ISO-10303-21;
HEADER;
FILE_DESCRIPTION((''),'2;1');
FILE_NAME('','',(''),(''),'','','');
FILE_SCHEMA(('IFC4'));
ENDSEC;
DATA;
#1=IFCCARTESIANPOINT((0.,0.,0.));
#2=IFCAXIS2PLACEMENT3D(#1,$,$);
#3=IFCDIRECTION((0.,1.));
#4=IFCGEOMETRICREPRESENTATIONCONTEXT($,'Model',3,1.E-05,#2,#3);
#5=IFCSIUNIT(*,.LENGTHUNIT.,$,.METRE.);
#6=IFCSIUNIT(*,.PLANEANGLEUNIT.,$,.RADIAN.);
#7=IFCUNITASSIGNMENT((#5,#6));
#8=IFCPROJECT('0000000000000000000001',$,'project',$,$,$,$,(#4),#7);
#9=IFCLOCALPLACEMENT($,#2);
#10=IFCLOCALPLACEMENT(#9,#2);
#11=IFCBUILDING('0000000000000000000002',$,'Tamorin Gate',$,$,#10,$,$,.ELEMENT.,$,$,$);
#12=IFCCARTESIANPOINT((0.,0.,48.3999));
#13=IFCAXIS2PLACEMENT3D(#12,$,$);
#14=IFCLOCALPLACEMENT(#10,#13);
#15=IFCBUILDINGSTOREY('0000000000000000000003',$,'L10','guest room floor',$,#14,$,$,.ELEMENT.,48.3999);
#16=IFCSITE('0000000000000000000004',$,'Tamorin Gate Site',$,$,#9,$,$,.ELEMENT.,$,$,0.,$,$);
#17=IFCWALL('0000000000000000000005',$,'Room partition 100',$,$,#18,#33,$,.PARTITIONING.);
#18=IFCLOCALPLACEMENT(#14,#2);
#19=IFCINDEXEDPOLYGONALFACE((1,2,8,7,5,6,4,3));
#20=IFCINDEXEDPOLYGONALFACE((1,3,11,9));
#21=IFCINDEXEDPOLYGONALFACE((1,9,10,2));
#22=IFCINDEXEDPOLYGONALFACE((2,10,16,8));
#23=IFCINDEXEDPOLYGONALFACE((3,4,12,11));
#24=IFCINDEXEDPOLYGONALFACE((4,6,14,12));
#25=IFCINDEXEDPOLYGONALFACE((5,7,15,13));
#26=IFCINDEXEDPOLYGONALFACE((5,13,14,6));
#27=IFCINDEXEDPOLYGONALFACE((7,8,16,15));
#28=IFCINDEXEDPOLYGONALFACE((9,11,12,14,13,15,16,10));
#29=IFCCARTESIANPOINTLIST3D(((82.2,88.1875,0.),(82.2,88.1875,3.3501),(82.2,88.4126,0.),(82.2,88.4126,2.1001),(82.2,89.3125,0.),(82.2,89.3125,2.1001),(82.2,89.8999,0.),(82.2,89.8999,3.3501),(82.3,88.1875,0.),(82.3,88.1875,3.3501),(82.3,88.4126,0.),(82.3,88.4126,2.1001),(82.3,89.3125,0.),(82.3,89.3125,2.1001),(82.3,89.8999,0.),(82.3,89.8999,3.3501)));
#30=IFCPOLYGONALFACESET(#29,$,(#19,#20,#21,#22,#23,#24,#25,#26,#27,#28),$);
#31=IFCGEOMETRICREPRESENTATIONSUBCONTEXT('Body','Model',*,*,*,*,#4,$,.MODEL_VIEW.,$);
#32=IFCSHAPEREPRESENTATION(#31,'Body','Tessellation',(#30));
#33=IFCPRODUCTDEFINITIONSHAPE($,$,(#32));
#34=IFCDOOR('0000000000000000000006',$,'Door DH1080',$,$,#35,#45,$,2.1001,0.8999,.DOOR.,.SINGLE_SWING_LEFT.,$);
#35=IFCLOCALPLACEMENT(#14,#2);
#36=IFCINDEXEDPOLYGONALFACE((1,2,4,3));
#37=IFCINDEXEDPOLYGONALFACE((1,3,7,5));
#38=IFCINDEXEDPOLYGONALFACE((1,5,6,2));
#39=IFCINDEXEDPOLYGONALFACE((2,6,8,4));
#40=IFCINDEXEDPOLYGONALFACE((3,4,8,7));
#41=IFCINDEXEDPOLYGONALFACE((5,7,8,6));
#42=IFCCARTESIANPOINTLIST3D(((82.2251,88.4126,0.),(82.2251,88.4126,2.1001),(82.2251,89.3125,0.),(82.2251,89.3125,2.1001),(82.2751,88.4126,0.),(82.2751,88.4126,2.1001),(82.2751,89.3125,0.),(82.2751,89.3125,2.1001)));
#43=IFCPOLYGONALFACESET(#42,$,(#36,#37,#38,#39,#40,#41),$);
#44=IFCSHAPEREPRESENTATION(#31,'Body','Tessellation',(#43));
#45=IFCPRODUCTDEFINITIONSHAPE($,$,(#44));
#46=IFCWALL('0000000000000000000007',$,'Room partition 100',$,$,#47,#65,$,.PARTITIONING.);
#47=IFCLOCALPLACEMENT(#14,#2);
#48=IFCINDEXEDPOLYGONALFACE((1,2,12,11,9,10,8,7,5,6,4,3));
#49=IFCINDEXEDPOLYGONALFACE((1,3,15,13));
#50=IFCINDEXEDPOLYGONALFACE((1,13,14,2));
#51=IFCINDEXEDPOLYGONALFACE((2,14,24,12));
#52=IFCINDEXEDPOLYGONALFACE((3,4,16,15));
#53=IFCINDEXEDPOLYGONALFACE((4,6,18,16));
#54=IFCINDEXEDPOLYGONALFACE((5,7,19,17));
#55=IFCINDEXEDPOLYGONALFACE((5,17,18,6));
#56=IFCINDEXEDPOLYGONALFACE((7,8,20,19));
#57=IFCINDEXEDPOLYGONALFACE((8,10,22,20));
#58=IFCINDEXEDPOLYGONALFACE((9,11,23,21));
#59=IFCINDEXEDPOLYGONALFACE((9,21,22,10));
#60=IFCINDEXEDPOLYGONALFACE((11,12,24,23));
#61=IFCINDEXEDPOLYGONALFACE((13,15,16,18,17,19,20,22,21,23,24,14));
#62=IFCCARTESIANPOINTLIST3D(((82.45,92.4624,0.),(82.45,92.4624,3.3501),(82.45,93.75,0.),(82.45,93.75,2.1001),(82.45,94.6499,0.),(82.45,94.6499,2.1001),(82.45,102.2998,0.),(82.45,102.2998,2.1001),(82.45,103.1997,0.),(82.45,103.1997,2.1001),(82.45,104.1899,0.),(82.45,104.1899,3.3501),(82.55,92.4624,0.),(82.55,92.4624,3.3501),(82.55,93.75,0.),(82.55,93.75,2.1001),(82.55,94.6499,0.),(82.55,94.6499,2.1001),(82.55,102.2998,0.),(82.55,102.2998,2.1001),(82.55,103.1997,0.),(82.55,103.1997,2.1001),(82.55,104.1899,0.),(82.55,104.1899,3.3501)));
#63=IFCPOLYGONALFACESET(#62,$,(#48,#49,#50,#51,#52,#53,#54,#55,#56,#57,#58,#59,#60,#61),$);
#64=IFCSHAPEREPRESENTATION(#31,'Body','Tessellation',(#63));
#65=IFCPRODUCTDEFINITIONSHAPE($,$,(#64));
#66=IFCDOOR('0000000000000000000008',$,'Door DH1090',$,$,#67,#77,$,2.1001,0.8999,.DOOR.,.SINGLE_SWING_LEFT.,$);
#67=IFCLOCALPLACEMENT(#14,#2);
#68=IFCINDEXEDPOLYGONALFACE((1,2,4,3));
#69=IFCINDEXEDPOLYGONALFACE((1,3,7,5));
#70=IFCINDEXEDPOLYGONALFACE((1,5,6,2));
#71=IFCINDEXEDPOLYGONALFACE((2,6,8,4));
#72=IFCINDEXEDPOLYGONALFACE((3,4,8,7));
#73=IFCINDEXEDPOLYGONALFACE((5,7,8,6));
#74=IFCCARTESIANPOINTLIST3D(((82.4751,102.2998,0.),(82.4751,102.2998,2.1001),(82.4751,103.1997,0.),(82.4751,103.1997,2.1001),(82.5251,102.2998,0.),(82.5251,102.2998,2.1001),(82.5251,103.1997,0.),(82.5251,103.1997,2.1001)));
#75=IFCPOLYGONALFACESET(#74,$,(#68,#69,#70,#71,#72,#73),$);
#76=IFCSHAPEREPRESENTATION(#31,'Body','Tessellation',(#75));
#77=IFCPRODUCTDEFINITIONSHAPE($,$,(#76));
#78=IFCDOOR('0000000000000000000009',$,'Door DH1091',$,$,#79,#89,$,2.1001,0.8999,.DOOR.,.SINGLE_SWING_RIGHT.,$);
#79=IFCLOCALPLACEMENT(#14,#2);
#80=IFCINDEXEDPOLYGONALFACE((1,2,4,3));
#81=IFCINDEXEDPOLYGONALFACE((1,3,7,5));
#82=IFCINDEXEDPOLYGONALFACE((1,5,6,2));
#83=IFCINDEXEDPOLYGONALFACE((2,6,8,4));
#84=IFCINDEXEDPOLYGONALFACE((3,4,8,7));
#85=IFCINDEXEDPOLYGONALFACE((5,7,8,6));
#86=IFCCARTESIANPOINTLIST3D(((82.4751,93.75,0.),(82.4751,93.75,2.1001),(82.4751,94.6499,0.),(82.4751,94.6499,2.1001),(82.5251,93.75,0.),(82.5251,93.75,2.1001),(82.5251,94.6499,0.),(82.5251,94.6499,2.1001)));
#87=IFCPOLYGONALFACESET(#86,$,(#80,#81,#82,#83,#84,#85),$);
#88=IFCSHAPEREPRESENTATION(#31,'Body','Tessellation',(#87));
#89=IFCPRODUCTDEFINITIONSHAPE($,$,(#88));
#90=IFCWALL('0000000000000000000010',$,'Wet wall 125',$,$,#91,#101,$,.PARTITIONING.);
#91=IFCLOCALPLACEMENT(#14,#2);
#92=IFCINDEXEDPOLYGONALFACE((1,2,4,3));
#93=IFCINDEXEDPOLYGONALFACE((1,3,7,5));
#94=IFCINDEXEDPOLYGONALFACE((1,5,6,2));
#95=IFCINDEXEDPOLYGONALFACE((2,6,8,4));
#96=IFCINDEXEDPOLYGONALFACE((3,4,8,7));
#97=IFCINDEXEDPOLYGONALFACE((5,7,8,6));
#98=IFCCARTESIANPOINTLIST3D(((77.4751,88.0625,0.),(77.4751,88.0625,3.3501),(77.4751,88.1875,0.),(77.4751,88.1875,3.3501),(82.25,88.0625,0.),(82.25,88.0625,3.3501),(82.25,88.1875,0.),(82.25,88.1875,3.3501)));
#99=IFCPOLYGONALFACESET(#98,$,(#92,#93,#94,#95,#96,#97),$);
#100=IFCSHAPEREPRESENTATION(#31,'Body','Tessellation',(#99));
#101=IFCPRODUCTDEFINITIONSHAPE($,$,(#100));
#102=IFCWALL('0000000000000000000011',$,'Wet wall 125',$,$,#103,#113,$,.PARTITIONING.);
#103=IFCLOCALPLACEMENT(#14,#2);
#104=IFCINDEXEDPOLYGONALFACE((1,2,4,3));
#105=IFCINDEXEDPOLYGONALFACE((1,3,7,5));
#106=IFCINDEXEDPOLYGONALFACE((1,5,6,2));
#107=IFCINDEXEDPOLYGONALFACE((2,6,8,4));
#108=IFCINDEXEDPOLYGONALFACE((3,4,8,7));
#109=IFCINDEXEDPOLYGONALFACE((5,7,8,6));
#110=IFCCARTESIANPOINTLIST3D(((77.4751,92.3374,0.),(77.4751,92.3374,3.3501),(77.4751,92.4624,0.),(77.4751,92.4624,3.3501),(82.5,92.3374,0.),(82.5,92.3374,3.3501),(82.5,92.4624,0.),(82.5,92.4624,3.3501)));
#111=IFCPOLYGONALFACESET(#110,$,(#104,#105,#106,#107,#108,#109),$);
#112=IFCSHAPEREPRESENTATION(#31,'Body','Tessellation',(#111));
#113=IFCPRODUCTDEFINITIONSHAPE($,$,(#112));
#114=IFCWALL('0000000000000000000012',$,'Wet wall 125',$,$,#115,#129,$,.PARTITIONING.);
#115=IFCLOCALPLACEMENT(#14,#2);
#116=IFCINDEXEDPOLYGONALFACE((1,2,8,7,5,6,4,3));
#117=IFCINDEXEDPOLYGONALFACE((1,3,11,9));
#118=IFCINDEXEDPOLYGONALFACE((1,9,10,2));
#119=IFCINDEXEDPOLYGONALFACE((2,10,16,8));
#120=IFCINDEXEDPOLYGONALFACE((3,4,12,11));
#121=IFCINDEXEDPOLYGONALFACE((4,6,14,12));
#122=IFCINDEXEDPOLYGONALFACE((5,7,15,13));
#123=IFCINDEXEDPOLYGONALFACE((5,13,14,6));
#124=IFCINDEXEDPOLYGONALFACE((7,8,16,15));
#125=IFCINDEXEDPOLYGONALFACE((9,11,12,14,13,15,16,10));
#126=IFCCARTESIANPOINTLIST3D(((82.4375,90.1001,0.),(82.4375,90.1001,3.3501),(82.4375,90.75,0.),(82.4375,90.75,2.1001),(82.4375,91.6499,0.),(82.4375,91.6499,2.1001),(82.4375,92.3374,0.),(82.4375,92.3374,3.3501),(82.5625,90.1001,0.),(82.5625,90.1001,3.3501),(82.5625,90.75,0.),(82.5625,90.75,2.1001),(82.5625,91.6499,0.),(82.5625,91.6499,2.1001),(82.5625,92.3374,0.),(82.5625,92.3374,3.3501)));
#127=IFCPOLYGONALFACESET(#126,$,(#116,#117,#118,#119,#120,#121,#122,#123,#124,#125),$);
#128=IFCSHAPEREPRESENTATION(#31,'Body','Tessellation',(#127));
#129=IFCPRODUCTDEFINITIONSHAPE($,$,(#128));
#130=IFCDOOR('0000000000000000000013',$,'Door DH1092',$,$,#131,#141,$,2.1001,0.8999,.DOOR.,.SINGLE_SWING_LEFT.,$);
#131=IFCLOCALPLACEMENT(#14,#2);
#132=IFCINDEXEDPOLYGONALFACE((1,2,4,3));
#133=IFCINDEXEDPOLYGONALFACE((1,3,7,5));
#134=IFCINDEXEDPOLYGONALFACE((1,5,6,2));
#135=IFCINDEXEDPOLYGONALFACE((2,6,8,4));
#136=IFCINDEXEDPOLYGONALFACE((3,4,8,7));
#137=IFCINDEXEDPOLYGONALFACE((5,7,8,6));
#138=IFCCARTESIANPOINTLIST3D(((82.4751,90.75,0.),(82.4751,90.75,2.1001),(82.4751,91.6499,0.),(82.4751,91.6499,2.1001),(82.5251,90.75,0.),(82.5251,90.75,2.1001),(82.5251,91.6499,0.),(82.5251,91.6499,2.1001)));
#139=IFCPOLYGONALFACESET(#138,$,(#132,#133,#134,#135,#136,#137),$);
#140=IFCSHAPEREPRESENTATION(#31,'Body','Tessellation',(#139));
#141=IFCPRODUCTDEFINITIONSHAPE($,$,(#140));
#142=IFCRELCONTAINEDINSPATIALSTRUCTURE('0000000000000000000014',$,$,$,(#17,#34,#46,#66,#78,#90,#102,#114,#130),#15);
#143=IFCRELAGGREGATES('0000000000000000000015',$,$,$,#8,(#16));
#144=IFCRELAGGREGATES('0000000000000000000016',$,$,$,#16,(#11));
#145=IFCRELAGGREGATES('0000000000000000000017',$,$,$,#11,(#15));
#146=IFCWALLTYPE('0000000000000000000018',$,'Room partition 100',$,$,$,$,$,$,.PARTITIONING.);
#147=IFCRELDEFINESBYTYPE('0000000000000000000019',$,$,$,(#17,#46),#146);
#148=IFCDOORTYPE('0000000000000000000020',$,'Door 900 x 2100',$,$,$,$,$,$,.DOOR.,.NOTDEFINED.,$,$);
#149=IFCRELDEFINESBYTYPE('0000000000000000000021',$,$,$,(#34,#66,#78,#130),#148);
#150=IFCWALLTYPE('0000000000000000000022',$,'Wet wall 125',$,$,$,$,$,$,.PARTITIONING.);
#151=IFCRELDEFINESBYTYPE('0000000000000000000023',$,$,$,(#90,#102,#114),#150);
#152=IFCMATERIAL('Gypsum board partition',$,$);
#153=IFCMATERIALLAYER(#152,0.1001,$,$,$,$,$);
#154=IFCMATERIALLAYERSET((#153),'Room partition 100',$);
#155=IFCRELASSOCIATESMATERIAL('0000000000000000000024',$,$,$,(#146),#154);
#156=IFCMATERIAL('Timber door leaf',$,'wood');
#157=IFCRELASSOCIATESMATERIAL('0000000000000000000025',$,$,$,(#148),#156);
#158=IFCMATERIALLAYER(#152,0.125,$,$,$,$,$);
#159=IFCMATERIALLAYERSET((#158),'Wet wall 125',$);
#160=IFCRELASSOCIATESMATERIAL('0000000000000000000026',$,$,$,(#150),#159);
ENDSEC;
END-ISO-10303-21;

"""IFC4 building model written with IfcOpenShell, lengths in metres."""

from ifc_helpers import new_model, si_unit, direction, frame, frame_2d, origin, place, context, subcontext, project, spatial, rectangle, extrude, material, layer, layer_set, type_object, element, fill, save


model = new_model("IFC4")

# Units and contexts
model_context = context("Model", 3, precision=1e-05, world=origin(), true_north=direction((0.0, 1.0)))
body_context = subcontext(model_context, "Body", "Model", "MODEL_VIEW")
ifc_project = project(units=[si_unit("LENGTHUNIT", "METRE"), si_unit("PLANEANGLEUNIT", "RADIAN")], contexts=[model_context])

# Site, building, storey
site_placement = place(None, origin())
site = spatial("IfcSite", under=ifc_project, at=site_placement, Name="Tamorin Gate Site", CompositionType="ELEMENT", RefElevation=0.0)
building_placement = place(site_placement, origin())
building = spatial("IfcBuilding", under=site, at=building_placement, Name="Tamorin Gate", CompositionType="ELEMENT")
storey_placement = place(building_placement, frame((0.0, 0.0, 48.3999)))
storey = spatial("IfcBuildingStorey", under=building, at=storey_placement, Name="L10", Description="guest room floor", CompositionType="ELEMENT", Elevation=48.3999)

# Shared definitions
ifc_material_1 = material(Name="Gypsum board partition")

# Wall, opening, door
ifc_layer_1 = layer(ifc_material_1, 0.1001)
ifc_layer_set_1 = layer_set([ifc_layer_1], Name="Room partition 100")
wall_type_1 = type_object("IfcWallType", Name="Room partition 100", PredefinedType="PARTITIONING", material=ifc_layer_set_1)
ifc_material_2 = material(Name="Timber door leaf", Category="wood")
door_type = type_object("IfcDoorType", Name="Door 900 x 2100", OperationType="NOTDEFINED", PredefinedType="DOOR", material=ifc_material_2)
wall_1_placement = place(storey_placement, frame((82.25, 88.1875, 0.0), z_axis=(0.0, 0.0, 1.0), x_axis=(0.0, 1.0, 0.0)))
wall_1 = element("IfcWall", 1, at=wall_1_placement, inside=storey, type_object=wall_type_1, Name="Room partition 100", PredefinedType="PARTITIONING", context=body_context, shape_type="SweptSolid", body=[
    extrude(rectangle(XDim=1.7124, YDim=0.1001, at=frame_2d((0.8562, 0.0))), origin(), (0.0, 0.0, 1.0), 3.3501),
])
opening_1_placement = place(wall_1_placement, frame((0.2251, 0.0, 0.0)))
opening_1 = element("IfcOpeningElement", 2, at=opening_1_placement, cuts=wall_1, PredefinedType="OPENING", context=body_context, shape_type="SweptSolid", body=[
    extrude(rectangle(XDim=0.8999, YDim=2.1001, at=frame_2d((0.45, 1.05))), frame((0.0, 0.0601, 0.0), z_axis=(0.0, -1.0, 0.0), x_axis=(1.0, 0.0, 0.0)), (0.0, 0.0, 1.0), 0.1201),
])
door_1_placement = place(opening_1_placement, origin())
door_1 = element("IfcDoor", 3, at=door_1_placement, inside=storey, type_object=door_type, Name="Door DH1080", OperationType="SINGLE_SWING_LEFT", OverallHeight=2.1001, OverallWidth=0.8999, PredefinedType="DOOR", context=body_context, shape_type="SweptSolid", body=[
    extrude(rectangle(XDim=0.8999, YDim=2.1001, at=frame_2d((0.45, 1.05))), frame((0.0, 0.0249, 0.0), z_axis=(0.0, -1.0, 0.0), x_axis=(1.0, 0.0, 0.0)), (0.0, 0.0, 1.0), 0.05),
])
fill(opening_1, door_1)

# Wall, openings, doors
wall_2_placement = place(storey_placement, frame((82.5, 92.4624, 0.0), z_axis=(0.0, 0.0, 1.0), x_axis=(0.0, 1.0, 0.0)))
wall_2 = element("IfcWall", 4, at=wall_2_placement, inside=storey, type_object=wall_type_1, Name="Room partition 100", PredefinedType="PARTITIONING", context=body_context, shape_type="SweptSolid", body=[
    extrude(rectangle(XDim=11.7275, YDim=0.1001, at=frame_2d((5.8638, 0.0))), origin(), (0.0, 0.0, 1.0), 3.3501),
])
opening_2_placement = place(wall_2_placement, frame((9.8374, 0.0, 0.0)))
opening_2 = element("IfcOpeningElement", 5, at=opening_2_placement, cuts=wall_2, PredefinedType="OPENING", context=body_context, shape_type="SweptSolid", body=[
    extrude(rectangle(XDim=0.8999, YDim=2.1001, at=frame_2d((0.45, 1.05))), frame((0.0, 0.0601, 0.0), z_axis=(0.0, -1.0, 0.0), x_axis=(1.0, 0.0, 0.0)), (0.0, 0.0, 1.0), 0.1201),
])
opening_3_placement = place(wall_2_placement, frame((1.2876, 0.0, 0.0)))
opening_3 = element("IfcOpeningElement", 6, at=opening_3_placement, cuts=wall_2, PredefinedType="OPENING", context=body_context, shape_type="SweptSolid", body=[
    extrude(rectangle(XDim=0.8999, YDim=2.1001, at=frame_2d((0.45, 1.05))), frame((0.0, 0.0601, 0.0), z_axis=(0.0, -1.0, 0.0), x_axis=(1.0, 0.0, 0.0)), (0.0, 0.0, 1.0), 0.1201),
])
door_2_placement = place(opening_2_placement, origin())
door_2 = element("IfcDoor", 7, at=door_2_placement, inside=storey, type_object=door_type, Name="Door DH1090", OperationType="SINGLE_SWING_LEFT", OverallHeight=2.1001, OverallWidth=0.8999, PredefinedType="DOOR", context=body_context, shape_type="SweptSolid", body=[
    extrude(rectangle(XDim=0.8999, YDim=2.1001, at=frame_2d((0.45, 1.05))), frame((0.0, 0.0249, 0.0), z_axis=(0.0, -1.0, 0.0), x_axis=(1.0, 0.0, 0.0)), (0.0, 0.0, 1.0), 0.05),
])
fill(opening_2, door_2)
door_3_placement = place(opening_3_placement, origin())
door_3 = element("IfcDoor", 8, at=door_3_placement, inside=storey, type_object=door_type, Name="Door DH1091", OperationType="SINGLE_SWING_RIGHT", OverallHeight=2.1001, OverallWidth=0.8999, PredefinedType="DOOR", context=body_context, shape_type="SweptSolid", body=[
    extrude(rectangle(XDim=0.8999, YDim=2.1001, at=frame_2d((0.45, 1.05))), frame((0.0, 0.0249, 0.0), z_axis=(0.0, -1.0, 0.0), x_axis=(1.0, 0.0, 0.0)), (0.0, 0.0, 1.0), 0.05),
])
fill(opening_3, door_3)

# Walls
ifc_layer_2 = layer(ifc_material_1, 0.125)
ifc_layer_set_2 = layer_set([ifc_layer_2], Name="Wet wall 125")
wall_type_2 = type_object("IfcWallType", Name="Wet wall 125", PredefinedType="PARTITIONING", material=ifc_layer_set_2)
wall_3_placement = place(storey_placement, frame((77.4751, 88.125, 0.0), z_axis=(0.0, 0.0, 1.0), x_axis=(1.0, 0.0, 0.0)))
element("IfcWall", 9, at=wall_3_placement, inside=storey, type_object=wall_type_2, Name="Wet wall 125", PredefinedType="PARTITIONING", context=body_context, shape_type="SweptSolid", body=[
    extrude(rectangle(XDim=4.7749, YDim=0.125, at=frame_2d((2.3875, 0.0))), origin(), (0.0, 0.0, 1.0), 3.3501),
])
wall_4_placement = place(storey_placement, frame((77.4751, 92.3999, 0.0), z_axis=(0.0, 0.0, 1.0), x_axis=(1.0, 0.0, 0.0)))
element("IfcWall", 10, at=wall_4_placement, inside=storey, type_object=wall_type_2, Name="Wet wall 125", PredefinedType="PARTITIONING", context=body_context, shape_type="SweptSolid", body=[
    extrude(rectangle(XDim=5.0249, YDim=0.125, at=frame_2d((2.5125, 0.0))), origin(), (0.0, 0.0, 1.0), 3.3501),
])

# Wall, opening, door
wall_5_placement = place(storey_placement, frame((82.5, 90.1001, 0.0), z_axis=(0.0, 0.0, 1.0), x_axis=(0.0, 1.0, 0.0)))
wall_5 = element("IfcWall", 11, at=wall_5_placement, inside=storey, type_object=wall_type_2, Name="Wet wall 125", PredefinedType="PARTITIONING", context=body_context, shape_type="SweptSolid", body=[
    extrude(rectangle(XDim=2.2373, YDim=0.125, at=frame_2d((1.1187, 0.0))), origin(), (0.0, 0.0, 1.0), 3.3501),
])
opening_4_placement = place(wall_5_placement, frame((0.6499, 0.0, 0.0)))
opening_4 = element("IfcOpeningElement", 12, at=opening_4_placement, cuts=wall_5, PredefinedType="OPENING", context=body_context, shape_type="SweptSolid", body=[
    extrude(rectangle(XDim=0.8999, YDim=2.1001, at=frame_2d((0.45, 1.05))), frame((0.0, 0.0725, 0.0), z_axis=(0.0, -1.0, 0.0), x_axis=(1.0, 0.0, 0.0)), (0.0, 0.0, 1.0), 0.145),
])
door_4_placement = place(opening_4_placement, origin())
door_4 = element("IfcDoor", 13, at=door_4_placement, inside=storey, type_object=door_type, Name="Door DH1092", OperationType="SINGLE_SWING_LEFT", OverallHeight=2.1001, OverallWidth=0.8999, PredefinedType="DOOR", context=body_context, shape_type="SweptSolid", body=[
    extrude(rectangle(XDim=0.8999, YDim=2.1001, at=frame_2d((0.45, 1.05))), frame((0.0, 0.0249, 0.0), z_axis=(0.0, -1.0, 0.0), x_axis=(1.0, 0.0, 0.0)), (0.0, 0.0, 1.0), 0.05),
])
fill(opening_4, door_4)

save(model, "model.ifc")
